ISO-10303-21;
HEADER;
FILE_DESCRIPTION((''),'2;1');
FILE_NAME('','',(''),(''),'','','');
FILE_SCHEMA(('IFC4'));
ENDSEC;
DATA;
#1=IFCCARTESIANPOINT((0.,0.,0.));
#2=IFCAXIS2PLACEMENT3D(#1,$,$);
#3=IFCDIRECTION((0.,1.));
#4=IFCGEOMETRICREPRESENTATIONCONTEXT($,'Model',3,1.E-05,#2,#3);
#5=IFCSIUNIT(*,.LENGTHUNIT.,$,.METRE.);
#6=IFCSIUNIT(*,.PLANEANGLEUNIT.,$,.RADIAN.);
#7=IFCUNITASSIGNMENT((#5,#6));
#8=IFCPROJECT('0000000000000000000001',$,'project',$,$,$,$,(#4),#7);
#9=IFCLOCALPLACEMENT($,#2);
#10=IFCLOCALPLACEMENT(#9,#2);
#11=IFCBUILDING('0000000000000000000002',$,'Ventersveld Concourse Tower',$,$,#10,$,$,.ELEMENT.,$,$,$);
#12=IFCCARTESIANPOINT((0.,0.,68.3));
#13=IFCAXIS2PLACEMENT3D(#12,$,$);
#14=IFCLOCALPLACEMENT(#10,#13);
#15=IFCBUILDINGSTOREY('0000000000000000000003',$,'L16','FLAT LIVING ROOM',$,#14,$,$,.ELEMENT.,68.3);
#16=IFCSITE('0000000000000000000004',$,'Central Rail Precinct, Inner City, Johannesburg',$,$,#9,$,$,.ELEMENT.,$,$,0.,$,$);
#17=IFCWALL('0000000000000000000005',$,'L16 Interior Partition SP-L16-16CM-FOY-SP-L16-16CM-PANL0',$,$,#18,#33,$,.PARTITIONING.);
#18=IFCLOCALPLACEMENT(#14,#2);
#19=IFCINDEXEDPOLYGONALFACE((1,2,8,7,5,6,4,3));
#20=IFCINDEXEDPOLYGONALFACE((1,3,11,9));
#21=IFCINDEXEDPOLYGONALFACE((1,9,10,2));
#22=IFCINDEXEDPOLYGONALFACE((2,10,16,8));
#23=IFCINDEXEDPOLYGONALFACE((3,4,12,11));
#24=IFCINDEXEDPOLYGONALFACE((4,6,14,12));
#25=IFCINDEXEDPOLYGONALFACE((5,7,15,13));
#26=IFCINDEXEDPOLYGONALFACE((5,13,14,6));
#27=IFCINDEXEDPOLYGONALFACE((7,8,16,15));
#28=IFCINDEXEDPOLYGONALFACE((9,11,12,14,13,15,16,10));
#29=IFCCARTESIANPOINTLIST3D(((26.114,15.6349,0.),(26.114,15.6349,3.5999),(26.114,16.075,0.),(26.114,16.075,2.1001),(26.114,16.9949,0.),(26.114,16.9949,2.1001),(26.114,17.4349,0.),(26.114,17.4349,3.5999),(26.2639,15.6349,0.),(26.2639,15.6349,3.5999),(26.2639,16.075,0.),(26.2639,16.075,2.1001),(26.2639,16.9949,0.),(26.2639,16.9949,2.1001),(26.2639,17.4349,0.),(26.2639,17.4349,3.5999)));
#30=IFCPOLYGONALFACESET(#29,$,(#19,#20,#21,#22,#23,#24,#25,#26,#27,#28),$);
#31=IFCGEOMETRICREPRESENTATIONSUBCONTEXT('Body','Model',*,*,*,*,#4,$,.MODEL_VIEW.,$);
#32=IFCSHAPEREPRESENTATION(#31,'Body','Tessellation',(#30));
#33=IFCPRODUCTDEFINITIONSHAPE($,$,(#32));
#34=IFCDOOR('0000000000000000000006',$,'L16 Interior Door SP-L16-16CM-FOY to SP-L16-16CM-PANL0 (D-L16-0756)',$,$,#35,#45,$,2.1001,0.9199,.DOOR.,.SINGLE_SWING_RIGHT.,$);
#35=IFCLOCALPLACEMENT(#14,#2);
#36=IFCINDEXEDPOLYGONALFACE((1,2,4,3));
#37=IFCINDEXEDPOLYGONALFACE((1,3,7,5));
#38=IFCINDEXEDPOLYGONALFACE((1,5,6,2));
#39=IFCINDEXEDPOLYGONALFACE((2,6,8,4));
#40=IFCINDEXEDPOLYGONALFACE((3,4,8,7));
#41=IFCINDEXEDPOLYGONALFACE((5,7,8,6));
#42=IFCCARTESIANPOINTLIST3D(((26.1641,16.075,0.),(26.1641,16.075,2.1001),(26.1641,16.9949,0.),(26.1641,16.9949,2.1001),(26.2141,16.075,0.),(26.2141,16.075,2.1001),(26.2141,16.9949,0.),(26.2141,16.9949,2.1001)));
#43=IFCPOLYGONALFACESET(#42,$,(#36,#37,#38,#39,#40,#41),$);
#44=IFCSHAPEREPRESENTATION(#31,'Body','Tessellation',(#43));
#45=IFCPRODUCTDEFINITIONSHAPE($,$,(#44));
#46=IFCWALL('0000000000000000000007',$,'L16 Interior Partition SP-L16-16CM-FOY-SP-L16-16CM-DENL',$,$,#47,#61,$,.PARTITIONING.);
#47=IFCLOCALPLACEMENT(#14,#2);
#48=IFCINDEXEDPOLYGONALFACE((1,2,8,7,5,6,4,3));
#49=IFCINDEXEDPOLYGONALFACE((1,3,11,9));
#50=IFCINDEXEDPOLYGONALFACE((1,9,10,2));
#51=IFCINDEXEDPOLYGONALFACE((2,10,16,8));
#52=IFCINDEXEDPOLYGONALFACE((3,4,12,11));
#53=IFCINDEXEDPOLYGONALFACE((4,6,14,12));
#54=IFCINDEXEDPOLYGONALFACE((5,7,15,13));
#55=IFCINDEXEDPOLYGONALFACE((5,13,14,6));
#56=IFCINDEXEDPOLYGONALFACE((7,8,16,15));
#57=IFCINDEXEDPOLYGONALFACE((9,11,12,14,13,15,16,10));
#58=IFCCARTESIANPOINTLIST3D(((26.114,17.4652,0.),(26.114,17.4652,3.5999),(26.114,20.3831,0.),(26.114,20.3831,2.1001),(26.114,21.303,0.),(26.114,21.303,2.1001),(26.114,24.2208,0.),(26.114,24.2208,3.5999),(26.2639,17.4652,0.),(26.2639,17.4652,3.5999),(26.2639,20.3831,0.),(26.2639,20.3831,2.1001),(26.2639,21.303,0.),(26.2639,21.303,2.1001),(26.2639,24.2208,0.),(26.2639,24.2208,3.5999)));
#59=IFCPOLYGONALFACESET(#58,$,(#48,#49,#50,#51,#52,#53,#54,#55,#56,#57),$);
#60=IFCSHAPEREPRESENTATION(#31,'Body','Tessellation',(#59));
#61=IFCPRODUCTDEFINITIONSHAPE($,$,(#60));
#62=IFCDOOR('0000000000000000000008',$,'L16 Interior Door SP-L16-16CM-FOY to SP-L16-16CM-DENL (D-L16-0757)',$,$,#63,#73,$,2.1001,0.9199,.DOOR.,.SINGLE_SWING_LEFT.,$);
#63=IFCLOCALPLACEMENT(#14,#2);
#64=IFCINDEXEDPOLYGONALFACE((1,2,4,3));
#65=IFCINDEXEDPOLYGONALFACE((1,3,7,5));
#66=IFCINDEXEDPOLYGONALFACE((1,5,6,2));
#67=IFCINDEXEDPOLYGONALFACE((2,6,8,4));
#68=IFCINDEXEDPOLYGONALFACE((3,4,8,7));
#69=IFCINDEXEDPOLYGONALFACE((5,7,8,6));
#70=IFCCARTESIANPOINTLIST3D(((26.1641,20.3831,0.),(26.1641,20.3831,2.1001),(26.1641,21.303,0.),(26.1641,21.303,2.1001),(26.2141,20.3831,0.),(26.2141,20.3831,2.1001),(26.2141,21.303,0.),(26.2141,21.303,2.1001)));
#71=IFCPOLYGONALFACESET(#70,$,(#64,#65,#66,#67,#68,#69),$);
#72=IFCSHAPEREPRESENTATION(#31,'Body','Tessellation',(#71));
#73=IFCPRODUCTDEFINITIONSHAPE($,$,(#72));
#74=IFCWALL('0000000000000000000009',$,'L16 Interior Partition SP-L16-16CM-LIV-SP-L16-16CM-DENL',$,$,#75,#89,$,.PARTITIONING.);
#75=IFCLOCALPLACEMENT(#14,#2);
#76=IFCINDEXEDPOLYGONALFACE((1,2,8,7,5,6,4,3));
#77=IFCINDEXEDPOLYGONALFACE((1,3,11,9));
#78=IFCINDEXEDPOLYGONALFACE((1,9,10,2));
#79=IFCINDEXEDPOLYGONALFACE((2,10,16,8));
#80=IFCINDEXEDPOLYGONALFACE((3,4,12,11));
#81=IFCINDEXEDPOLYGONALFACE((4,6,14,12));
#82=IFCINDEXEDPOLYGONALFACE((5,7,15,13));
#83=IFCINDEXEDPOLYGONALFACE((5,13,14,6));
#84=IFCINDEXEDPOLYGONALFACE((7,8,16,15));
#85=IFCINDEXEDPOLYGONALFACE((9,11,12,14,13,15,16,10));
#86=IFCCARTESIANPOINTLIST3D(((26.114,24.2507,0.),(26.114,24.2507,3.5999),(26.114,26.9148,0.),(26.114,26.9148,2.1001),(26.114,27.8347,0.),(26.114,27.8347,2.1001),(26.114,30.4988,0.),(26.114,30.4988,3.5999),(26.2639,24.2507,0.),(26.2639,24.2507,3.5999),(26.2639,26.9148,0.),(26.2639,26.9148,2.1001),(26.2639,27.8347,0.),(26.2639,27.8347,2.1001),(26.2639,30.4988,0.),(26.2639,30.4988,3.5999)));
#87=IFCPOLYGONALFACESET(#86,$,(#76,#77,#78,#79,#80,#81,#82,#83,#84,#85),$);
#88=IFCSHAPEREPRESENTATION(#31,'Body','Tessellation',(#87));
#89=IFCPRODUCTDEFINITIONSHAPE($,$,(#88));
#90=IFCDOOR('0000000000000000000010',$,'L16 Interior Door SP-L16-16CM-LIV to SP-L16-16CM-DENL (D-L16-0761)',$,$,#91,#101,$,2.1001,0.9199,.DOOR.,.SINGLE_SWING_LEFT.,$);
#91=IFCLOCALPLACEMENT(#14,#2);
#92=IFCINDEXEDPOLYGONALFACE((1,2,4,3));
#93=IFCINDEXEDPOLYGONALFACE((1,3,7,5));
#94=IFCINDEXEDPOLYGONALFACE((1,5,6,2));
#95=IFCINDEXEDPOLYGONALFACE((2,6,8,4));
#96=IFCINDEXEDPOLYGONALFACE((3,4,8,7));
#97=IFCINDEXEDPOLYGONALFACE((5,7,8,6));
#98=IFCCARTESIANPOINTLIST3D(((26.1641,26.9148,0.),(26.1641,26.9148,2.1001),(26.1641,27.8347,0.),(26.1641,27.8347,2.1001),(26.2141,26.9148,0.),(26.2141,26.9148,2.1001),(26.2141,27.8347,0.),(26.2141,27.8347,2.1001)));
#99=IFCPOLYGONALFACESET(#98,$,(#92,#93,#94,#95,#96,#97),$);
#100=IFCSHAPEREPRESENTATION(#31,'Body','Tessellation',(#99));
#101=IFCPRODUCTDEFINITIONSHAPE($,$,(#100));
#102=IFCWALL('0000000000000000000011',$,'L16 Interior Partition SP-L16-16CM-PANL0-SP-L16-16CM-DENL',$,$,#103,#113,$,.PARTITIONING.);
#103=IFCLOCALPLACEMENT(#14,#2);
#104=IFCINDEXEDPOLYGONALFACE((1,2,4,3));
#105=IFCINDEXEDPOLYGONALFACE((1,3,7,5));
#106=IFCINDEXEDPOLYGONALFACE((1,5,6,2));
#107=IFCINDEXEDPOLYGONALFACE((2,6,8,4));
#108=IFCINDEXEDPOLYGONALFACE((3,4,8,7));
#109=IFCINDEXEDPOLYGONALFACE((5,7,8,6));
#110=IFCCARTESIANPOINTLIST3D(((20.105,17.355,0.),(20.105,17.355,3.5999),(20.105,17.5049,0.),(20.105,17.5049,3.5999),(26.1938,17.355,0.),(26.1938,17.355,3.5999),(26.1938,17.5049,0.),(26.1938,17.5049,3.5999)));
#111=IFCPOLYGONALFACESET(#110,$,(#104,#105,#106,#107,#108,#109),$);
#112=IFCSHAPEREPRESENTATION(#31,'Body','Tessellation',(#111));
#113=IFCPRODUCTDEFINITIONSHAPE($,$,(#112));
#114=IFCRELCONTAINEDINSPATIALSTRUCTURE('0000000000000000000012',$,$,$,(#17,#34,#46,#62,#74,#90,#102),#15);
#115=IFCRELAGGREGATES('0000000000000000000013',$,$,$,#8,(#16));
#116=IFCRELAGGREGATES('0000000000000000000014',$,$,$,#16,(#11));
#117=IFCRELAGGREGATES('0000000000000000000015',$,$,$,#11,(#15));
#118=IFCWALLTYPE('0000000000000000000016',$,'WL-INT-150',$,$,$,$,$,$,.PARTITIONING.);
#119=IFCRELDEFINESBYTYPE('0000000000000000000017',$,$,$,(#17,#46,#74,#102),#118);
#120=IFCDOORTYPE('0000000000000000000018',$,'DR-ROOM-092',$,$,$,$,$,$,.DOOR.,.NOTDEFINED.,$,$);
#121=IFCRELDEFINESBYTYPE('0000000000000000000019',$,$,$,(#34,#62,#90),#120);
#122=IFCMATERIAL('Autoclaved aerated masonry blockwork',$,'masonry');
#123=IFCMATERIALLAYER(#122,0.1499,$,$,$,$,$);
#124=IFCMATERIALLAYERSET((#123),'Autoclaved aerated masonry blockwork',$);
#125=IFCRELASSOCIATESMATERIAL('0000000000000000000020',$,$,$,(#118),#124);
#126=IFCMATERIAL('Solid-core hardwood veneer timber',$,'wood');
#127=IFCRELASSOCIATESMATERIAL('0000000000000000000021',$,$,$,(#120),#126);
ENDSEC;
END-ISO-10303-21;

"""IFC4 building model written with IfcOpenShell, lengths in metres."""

from ifc_helpers import new_model, si_unit, direction, frame, frame_2d, origin, place, context, subcontext, project, spatial, rectangle, extrude, material, layer, layer_set, type_object, element, fill, save


model = new_model("IFC4")

# Units and contexts
model_context = context("Model", 3, precision=1e-05, world=origin(), true_north=direction((0.0, 1.0)))
body_context = subcontext(model_context, "Body", "Model", "MODEL_VIEW")
ifc_project = project(units=[si_unit("LENGTHUNIT", "METRE"), si_unit("PLANEANGLEUNIT", "RADIAN")], contexts=[model_context])

# Site, building, storey
site_placement = place(None, origin())
site = spatial("IfcSite", under=ifc_project, at=site_placement, Name="Central Rail Precinct, Inner City, Johannesburg", CompositionType="ELEMENT", RefElevation=0.0)
building_placement = place(site_placement, origin())
building = spatial("IfcBuilding", under=site, at=building_placement, Name="Ventersveld Concourse Tower", CompositionType="ELEMENT")
storey_placement = place(building_placement, frame((0.0, 0.0, 68.3)))
storey = spatial("IfcBuildingStorey", under=building, at=storey_placement, Name="L16", Description="FLAT LIVING ROOM", CompositionType="ELEMENT", Elevation=68.3)

# Shared definitions
ifc_material_1 = material(Name="Autoclaved aerated masonry blockwork", Category="masonry")
ifc_layer_1 = layer(ifc_material_1, 0.1499)
ifc_layer_set_1 = layer_set([ifc_layer_1], Name="Autoclaved aerated masonry blockwork")
wall_type_1 = type_object("IfcWallType", Name="WL-INT-150", PredefinedType="PARTITIONING", material=ifc_layer_set_1)
ifc_material_2 = material(Name="Solid-core hardwood veneer timber", Category="wood")
door_type = type_object("IfcDoorType", Name="DR-ROOM-092", OperationType="NOTDEFINED", PredefinedType="DOOR", material=ifc_material_2)

# Walls, openings, doors
wall_1_placement = place(storey_placement, frame((26.189, 15.635, 0.0), z_axis=(0.0, 0.0, 1.0), x_axis=(0.0, 1.0, 0.0)))
wall_1 = element("IfcWall", 1, at=wall_1_placement, inside=storey, type_object=wall_type_1, Name="L16 Interior Partition SP-L16-16CM-FOY-SP-L16-16CM-PANL0", PredefinedType="PARTITIONING", context=body_context, shape_type="SweptSolid", body=[
    extrude(rectangle(XDim=1.8, YDim=0.1499, at=frame_2d((0.8999, 0.0))), origin(), (0.0, 0.0, 1.0), 3.5999),
])
opening_1_placement = place(wall_1_placement, frame((0.4399, 0.0, 0.0)))
opening_1 = element("IfcOpeningElement", 2, at=opening_1_placement, cuts=wall_1, PredefinedType="OPENING", context=body_context, shape_type="SweptSolid", body=[
    extrude(rectangle(XDim=0.9199, YDim=2.1001, at=frame_2d((0.46, 1.05))), frame((0.0, 0.085, 0.0), z_axis=(0.0, -1.0, 0.0), x_axis=(1.0, 0.0, 0.0)), (0.0, 0.0, 1.0), 0.1699),
])
door_1_placement = place(opening_1_placement, origin())
door_1 = element("IfcDoor", 3, at=door_1_placement, inside=storey, type_object=door_type, Name="L16 Interior Door SP-L16-16CM-FOY to SP-L16-16CM-PANL0 (D-L16-0756)", OperationType="SINGLE_SWING_RIGHT", OverallHeight=2.1001, OverallWidth=0.9199, PredefinedType="DOOR", context=body_context, shape_type="SweptSolid", body=[
    extrude(rectangle(XDim=0.9199, YDim=2.1001, at=frame_2d((0.46, 1.05))), frame((0.0, 0.0249, 0.0), z_axis=(0.0, -1.0, 0.0), x_axis=(1.0, 0.0, 0.0)), (0.0, 0.0, 1.0), 0.05),
])
fill(opening_1, door_1)
wall_2_placement = place(storey_placement, frame((26.189, 17.4651, 0.0), z_axis=(0.0, 0.0, 1.0), x_axis=(0.0, 1.0, 0.0)))
wall_2 = element("IfcWall", 4, at=wall_2_placement, inside=storey, type_object=wall_type_1, Name="L16 Interior Partition SP-L16-16CM-FOY-SP-L16-16CM-DENL", PredefinedType="PARTITIONING", context=body_context, shape_type="SweptSolid", body=[
    extrude(rectangle(XDim=6.7556, YDim=0.1499, at=frame_2d((3.3779, 0.0))), origin(), (0.0, 0.0, 1.0), 3.5999),
])
opening_2_placement = place(wall_2_placement, frame((2.918, 0.0, 0.0)))
opening_2 = element("IfcOpeningElement", 5, at=opening_2_placement, cuts=wall_2, PredefinedType="OPENING", context=body_context, shape_type="SweptSolid", body=[
    extrude(rectangle(XDim=0.9199, YDim=2.1001, at=frame_2d((0.46, 1.05))), frame((0.0, 0.085, 0.0), z_axis=(0.0, -1.0, 0.0), x_axis=(1.0, 0.0, 0.0)), (0.0, 0.0, 1.0), 0.1699),
])
door_2_placement = place(opening_2_placement, origin())
door_2 = element("IfcDoor", 6, at=door_2_placement, inside=storey, type_object=door_type, Name="L16 Interior Door SP-L16-16CM-FOY to SP-L16-16CM-DENL (D-L16-0757)", OperationType="SINGLE_SWING_LEFT", OverallHeight=2.1001, OverallWidth=0.9199, PredefinedType="DOOR", context=body_context, shape_type="SweptSolid", body=[
    extrude(rectangle(XDim=0.9199, YDim=2.1001, at=frame_2d((0.46, 1.05))), frame((0.0, 0.0249, 0.0), z_axis=(0.0, -1.0, 0.0), x_axis=(1.0, 0.0, 0.0)), (0.0, 0.0, 1.0), 0.05),
])
fill(opening_2, door_2)
wall_3_placement = place(storey_placement, frame((26.189, 24.2507, 0.0), z_axis=(0.0, 0.0, 1.0), x_axis=(0.0, 1.0, 0.0)))
wall_3 = element("IfcWall", 7, at=wall_3_placement, inside=storey, type_object=wall_type_1, Name="L16 Interior Partition SP-L16-16CM-LIV-SP-L16-16CM-DENL", PredefinedType="PARTITIONING", context=body_context, shape_type="SweptSolid", body=[
    extrude(rectangle(XDim=6.248, YDim=0.1499, at=frame_2d((3.124, 0.0))), origin(), (0.0, 0.0, 1.0), 3.5999),
])
opening_3_placement = place(wall_3_placement, frame((2.6641, 0.0, 0.0)))
opening_3 = element("IfcOpeningElement", 8, at=opening_3_placement, cuts=wall_3, PredefinedType="OPENING", context=body_context, shape_type="SweptSolid", body=[
    extrude(rectangle(XDim=0.9199, YDim=2.1001, at=frame_2d((0.46, 1.05))), frame((0.0, 0.085, 0.0), z_axis=(0.0, -1.0, 0.0), x_axis=(1.0, 0.0, 0.0)), (0.0, 0.0, 1.0), 0.1699),
])
door_3_placement = place(opening_3_placement, origin())
door_3 = element("IfcDoor", 9, at=door_3_placement, inside=storey, type_object=door_type, Name="L16 Interior Door SP-L16-16CM-LIV to SP-L16-16CM-DENL (D-L16-0761)", OperationType="SINGLE_SWING_LEFT", OverallHeight=2.1001, OverallWidth=0.9199, PredefinedType="DOOR", context=body_context, shape_type="SweptSolid", body=[
    extrude(rectangle(XDim=0.9199, YDim=2.1001, at=frame_2d((0.46, 1.05))), frame((0.0, 0.0249, 0.0), z_axis=(0.0, -1.0, 0.0), x_axis=(1.0, 0.0, 0.0)), (0.0, 0.0, 1.0), 0.05),
])
fill(opening_3, door_3)

# Wall
wall_4_placement = place(storey_placement, frame((20.105, 17.4299, 0.0), z_axis=(0.0, 0.0, 1.0), x_axis=(1.0, 0.0, 0.0)))
element("IfcWall", 10, at=wall_4_placement, inside=storey, type_object=wall_type_1, Name="L16 Interior Partition SP-L16-16CM-PANL0-SP-L16-16CM-DENL", PredefinedType="PARTITIONING", context=body_context, shape_type="SweptSolid", body=[
    extrude(rectangle(XDim=6.0889, YDim=0.1499, at=frame_2d((3.0444, 0.0))), origin(), (0.0, 0.0, 1.0), 3.5999),
])

save(model, "model.ifc")
